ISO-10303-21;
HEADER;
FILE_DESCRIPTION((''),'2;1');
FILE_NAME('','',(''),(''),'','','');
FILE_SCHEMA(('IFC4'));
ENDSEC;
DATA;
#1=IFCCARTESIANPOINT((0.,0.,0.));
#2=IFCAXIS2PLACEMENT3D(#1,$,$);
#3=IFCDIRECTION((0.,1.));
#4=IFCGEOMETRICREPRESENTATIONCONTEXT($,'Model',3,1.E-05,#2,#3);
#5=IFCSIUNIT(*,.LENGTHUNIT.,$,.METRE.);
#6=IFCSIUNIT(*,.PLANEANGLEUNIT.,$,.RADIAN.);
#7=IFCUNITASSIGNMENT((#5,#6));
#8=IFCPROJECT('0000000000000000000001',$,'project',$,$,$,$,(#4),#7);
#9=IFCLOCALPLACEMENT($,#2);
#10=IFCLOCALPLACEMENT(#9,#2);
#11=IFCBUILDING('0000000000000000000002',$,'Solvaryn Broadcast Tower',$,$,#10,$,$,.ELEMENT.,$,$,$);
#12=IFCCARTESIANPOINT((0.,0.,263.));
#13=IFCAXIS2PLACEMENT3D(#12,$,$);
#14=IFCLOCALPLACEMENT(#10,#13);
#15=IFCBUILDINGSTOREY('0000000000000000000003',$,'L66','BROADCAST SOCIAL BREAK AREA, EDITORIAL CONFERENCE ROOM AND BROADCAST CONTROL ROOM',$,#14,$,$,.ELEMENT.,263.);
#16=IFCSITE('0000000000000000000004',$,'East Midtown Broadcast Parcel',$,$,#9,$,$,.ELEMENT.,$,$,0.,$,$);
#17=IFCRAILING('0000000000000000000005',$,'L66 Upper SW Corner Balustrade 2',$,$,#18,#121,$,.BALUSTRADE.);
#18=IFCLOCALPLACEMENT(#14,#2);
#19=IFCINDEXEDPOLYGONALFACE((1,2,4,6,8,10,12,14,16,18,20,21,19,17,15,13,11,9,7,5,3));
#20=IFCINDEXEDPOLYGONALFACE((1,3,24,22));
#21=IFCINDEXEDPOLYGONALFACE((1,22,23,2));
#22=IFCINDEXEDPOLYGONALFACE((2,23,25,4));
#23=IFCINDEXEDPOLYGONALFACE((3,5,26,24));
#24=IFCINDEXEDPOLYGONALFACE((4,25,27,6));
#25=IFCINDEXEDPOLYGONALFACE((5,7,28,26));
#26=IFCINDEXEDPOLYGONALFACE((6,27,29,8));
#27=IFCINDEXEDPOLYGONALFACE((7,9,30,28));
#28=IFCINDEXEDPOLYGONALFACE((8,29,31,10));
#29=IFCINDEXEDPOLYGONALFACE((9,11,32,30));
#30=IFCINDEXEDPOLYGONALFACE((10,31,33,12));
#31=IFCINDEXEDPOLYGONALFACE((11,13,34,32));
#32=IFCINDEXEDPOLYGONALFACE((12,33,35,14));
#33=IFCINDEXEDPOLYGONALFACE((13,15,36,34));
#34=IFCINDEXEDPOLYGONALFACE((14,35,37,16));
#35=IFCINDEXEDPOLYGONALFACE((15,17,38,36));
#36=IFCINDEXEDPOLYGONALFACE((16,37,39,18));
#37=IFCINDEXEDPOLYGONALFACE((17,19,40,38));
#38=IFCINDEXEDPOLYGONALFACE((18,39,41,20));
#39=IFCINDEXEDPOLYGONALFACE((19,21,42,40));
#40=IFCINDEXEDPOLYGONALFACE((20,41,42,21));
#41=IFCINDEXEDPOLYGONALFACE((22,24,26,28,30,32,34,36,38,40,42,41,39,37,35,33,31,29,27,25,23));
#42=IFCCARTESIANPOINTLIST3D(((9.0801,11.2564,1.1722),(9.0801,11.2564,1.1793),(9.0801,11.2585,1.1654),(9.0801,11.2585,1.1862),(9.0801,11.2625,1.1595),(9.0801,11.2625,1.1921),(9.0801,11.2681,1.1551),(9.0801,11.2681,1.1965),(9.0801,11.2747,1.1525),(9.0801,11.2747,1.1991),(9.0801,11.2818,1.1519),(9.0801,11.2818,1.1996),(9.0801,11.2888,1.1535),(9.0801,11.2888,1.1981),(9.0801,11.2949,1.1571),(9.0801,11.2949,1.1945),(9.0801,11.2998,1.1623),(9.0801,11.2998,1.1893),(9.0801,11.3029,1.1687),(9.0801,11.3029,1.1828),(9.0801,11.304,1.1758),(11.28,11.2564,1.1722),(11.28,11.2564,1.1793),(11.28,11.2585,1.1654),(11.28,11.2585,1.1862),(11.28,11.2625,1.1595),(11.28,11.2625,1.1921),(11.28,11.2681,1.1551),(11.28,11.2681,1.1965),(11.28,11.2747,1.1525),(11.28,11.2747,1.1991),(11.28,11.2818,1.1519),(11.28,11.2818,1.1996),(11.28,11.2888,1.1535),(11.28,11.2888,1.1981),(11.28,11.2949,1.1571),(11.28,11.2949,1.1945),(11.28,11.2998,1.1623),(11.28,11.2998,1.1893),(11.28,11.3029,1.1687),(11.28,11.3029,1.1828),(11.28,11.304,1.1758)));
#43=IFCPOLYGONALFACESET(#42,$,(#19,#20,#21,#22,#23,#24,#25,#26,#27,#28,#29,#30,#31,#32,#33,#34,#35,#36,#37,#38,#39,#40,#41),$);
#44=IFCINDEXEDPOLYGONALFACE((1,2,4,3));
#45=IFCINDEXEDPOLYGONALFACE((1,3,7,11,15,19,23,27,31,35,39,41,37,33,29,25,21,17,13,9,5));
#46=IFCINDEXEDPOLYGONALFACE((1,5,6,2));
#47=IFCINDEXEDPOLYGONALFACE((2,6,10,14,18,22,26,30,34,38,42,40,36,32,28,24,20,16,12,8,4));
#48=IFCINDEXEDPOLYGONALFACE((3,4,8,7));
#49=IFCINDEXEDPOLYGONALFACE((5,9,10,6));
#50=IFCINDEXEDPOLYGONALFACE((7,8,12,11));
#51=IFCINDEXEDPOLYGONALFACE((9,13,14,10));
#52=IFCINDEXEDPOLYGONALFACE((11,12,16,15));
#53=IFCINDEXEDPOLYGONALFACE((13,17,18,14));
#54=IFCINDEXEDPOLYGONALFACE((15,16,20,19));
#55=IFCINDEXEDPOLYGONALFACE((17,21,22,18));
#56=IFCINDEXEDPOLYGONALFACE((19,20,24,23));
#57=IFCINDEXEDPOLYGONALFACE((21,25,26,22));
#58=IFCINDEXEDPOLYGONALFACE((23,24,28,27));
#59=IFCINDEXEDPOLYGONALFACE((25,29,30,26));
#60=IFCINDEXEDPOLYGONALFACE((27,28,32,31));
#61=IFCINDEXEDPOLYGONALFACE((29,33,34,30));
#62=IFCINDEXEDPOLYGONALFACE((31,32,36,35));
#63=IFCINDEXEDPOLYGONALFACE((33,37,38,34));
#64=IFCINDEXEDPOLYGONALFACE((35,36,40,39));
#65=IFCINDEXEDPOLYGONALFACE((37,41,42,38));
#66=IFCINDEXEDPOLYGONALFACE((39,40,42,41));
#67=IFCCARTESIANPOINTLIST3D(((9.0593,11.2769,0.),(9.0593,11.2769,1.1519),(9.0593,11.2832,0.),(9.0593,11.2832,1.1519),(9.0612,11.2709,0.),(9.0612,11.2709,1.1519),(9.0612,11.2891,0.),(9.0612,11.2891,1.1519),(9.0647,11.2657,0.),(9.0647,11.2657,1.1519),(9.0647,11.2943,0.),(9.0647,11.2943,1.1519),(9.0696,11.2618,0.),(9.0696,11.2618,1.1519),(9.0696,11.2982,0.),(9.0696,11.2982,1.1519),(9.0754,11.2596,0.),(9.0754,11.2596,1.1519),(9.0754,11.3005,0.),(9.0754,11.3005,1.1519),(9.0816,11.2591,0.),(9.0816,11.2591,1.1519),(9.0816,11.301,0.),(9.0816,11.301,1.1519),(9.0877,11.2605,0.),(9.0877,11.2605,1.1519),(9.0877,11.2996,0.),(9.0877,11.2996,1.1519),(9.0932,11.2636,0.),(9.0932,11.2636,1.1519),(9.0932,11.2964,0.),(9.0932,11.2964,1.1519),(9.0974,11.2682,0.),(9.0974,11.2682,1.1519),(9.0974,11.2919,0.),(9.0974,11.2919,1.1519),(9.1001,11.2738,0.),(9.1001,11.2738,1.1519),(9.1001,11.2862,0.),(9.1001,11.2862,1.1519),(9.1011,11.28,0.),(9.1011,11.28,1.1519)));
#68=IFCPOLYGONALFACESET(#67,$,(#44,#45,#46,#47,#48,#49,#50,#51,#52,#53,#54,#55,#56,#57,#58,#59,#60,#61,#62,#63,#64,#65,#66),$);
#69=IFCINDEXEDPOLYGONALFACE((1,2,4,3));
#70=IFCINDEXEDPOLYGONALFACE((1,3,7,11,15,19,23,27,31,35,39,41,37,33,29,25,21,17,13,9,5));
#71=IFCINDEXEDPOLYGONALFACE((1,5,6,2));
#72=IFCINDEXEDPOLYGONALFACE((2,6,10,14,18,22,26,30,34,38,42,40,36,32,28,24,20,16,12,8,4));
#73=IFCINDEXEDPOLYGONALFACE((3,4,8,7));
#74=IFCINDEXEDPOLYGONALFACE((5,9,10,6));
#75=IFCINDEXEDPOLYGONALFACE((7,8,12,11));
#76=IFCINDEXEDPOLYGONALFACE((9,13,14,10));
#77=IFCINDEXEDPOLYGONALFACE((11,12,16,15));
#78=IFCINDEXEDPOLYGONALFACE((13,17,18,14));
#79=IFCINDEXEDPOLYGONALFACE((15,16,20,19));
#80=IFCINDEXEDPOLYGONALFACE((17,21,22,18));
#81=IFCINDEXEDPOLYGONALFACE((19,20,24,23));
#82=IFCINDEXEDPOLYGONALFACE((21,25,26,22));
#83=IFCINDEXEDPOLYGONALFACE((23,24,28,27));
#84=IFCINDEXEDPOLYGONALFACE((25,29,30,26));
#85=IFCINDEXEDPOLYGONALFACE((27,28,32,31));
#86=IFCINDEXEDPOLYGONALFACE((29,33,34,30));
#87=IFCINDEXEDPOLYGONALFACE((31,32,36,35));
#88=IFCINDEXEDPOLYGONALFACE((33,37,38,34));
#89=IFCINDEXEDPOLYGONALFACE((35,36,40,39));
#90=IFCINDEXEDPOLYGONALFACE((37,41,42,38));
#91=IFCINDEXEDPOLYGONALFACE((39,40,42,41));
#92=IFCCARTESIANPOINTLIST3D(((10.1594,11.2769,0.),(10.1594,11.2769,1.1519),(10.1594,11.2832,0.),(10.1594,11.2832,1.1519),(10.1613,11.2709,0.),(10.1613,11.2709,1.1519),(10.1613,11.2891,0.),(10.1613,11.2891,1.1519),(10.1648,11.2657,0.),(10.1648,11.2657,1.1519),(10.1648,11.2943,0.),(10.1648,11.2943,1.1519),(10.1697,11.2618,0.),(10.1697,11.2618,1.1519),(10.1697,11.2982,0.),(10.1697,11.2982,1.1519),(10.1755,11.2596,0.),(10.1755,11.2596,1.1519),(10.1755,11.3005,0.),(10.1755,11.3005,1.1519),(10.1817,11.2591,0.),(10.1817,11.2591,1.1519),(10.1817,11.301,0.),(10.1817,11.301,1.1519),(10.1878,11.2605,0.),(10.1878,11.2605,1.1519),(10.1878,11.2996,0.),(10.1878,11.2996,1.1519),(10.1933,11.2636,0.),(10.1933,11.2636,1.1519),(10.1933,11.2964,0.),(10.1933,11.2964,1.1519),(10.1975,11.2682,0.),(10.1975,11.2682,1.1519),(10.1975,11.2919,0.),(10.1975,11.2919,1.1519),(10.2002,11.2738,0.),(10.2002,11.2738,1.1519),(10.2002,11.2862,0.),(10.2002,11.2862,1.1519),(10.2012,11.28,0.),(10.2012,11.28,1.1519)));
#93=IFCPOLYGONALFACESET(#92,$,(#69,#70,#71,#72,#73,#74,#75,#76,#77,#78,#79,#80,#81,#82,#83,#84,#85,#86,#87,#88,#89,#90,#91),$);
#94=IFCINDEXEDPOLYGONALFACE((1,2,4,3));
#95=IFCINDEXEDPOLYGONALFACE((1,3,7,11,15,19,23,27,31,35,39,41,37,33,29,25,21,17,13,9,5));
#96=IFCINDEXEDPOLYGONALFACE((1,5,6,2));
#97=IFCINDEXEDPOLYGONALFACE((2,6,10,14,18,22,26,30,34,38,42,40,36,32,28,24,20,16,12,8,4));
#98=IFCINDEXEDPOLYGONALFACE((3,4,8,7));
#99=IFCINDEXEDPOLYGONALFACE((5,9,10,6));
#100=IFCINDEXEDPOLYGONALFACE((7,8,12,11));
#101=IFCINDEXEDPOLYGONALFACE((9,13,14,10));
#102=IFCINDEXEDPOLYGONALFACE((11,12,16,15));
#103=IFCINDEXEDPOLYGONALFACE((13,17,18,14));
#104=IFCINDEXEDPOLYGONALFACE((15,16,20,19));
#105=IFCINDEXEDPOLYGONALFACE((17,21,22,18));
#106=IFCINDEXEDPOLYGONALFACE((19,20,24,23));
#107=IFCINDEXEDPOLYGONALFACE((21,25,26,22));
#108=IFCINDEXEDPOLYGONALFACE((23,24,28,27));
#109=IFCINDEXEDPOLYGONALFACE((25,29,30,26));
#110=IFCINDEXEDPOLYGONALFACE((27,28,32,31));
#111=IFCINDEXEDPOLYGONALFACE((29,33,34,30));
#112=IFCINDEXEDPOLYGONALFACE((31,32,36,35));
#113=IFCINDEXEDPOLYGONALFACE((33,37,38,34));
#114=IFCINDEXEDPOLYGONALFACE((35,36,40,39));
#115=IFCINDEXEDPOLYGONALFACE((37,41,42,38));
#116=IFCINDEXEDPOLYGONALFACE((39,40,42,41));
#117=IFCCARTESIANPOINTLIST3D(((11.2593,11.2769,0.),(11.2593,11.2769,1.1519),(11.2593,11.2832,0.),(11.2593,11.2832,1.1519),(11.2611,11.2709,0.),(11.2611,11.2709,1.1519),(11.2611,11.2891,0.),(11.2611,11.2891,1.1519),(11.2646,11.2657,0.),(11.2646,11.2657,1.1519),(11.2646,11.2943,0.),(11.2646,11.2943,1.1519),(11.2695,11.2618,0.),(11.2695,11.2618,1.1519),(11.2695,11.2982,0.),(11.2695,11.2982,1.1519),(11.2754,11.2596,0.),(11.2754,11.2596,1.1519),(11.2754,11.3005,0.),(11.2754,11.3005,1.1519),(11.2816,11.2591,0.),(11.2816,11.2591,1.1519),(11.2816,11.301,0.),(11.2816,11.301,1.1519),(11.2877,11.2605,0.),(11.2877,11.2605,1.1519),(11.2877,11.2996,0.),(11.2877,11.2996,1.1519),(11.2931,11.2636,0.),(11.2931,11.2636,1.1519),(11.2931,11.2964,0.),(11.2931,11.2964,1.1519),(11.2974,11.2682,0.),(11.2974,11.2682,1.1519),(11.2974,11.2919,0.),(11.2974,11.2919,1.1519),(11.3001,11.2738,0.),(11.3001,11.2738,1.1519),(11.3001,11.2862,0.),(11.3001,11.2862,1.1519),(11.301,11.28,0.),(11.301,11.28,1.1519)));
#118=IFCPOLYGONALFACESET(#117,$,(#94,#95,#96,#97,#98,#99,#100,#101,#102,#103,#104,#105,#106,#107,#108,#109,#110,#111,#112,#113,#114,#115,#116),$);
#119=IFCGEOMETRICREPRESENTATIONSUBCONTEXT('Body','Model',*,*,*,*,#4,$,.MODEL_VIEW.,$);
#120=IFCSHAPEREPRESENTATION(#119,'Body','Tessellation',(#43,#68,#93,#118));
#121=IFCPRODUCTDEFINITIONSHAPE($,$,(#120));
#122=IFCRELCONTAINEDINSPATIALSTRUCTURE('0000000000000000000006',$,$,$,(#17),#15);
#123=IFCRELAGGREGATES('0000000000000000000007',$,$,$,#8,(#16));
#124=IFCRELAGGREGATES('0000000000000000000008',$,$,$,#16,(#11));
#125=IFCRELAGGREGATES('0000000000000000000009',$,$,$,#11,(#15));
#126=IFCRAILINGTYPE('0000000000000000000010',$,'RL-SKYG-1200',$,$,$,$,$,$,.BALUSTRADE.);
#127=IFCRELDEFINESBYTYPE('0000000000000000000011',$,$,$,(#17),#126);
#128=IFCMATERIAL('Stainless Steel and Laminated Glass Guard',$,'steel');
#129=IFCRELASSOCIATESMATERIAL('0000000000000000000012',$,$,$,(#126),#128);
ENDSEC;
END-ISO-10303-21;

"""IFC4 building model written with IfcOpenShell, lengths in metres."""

from ifc_helpers import new_model, si_unit, direction, frame, origin, origin_2d, place, context, subcontext, project, spatial, circle, extrude, material, type_object, element, save


model = new_model("IFC4")

# Units and contexts
model_context = context("Model", 3, precision=1e-05, world=origin(), true_north=direction((0.0, 1.0)))
body_context = subcontext(model_context, "Body", "Model", "MODEL_VIEW")
ifc_project = project(units=[si_unit("LENGTHUNIT", "METRE"), si_unit("PLANEANGLEUNIT", "RADIAN")], contexts=[model_context])

# Site, building, storey
site_placement = place(None, origin())
site = spatial("IfcSite", under=ifc_project, at=site_placement, Name="East Midtown Broadcast Parcel", CompositionType="ELEMENT", RefElevation=0.0)
building_placement = place(site_placement, origin())
building = spatial("IfcBuilding", under=site, at=building_placement, Name="Solvaryn Broadcast Tower", CompositionType="ELEMENT")
storey_placement = place(building_placement, frame((0.0, 0.0, 263.0)))
storey = spatial("IfcBuildingStorey", under=building, at=storey_placement, Name="L66", Description="BROADCAST SOCIAL BREAK AREA, EDITORIAL CONFERENCE ROOM AND BROADCAST CONTROL ROOM", CompositionType="ELEMENT", Elevation=263.0)

# Railing
ifc_material_1 = material(Name="Stainless Steel and Laminated Glass Guard", Category="steel")
railing_type = type_object("IfcRailingType", Name="RL-SKYG-1200", PredefinedType="BALUSTRADE", material=ifc_material_1)
railing_1_placement = place(storey_placement, frame((9.0801, 11.28, 0.0)))
element("IfcRailing", 1, at=railing_1_placement, inside=storey, type_object=railing_type, Name="L66 Upper SW Corner Balustrade 2", PredefinedType="BALUSTRADE", context=body_context, shape_type="SweptSolid", body=[
    extrude(circle(Radius=0.0239, at=origin_2d()), frame((0.0, 0.0, 1.1758), z_axis=(1.0, 0.0, 0.0), x_axis=(0.0, 1.0, 0.0)), (0.0, 0.0, 1.0), 2.2),
    extrude(circle(Radius=0.021, at=origin_2d()), origin(), (0.0, 0.0, 1.0), 1.1519),
    extrude(circle(Radius=0.021, at=origin_2d()), frame((1.1001, 0.0, 0.0)), (0.0, 0.0, 1.0), 1.1519),
    extrude(circle(Radius=0.021, at=origin_2d()), frame((2.2, 0.0, 0.0)), (0.0, 0.0, 1.0), 1.1519),
])

save(model, "model.ifc")
